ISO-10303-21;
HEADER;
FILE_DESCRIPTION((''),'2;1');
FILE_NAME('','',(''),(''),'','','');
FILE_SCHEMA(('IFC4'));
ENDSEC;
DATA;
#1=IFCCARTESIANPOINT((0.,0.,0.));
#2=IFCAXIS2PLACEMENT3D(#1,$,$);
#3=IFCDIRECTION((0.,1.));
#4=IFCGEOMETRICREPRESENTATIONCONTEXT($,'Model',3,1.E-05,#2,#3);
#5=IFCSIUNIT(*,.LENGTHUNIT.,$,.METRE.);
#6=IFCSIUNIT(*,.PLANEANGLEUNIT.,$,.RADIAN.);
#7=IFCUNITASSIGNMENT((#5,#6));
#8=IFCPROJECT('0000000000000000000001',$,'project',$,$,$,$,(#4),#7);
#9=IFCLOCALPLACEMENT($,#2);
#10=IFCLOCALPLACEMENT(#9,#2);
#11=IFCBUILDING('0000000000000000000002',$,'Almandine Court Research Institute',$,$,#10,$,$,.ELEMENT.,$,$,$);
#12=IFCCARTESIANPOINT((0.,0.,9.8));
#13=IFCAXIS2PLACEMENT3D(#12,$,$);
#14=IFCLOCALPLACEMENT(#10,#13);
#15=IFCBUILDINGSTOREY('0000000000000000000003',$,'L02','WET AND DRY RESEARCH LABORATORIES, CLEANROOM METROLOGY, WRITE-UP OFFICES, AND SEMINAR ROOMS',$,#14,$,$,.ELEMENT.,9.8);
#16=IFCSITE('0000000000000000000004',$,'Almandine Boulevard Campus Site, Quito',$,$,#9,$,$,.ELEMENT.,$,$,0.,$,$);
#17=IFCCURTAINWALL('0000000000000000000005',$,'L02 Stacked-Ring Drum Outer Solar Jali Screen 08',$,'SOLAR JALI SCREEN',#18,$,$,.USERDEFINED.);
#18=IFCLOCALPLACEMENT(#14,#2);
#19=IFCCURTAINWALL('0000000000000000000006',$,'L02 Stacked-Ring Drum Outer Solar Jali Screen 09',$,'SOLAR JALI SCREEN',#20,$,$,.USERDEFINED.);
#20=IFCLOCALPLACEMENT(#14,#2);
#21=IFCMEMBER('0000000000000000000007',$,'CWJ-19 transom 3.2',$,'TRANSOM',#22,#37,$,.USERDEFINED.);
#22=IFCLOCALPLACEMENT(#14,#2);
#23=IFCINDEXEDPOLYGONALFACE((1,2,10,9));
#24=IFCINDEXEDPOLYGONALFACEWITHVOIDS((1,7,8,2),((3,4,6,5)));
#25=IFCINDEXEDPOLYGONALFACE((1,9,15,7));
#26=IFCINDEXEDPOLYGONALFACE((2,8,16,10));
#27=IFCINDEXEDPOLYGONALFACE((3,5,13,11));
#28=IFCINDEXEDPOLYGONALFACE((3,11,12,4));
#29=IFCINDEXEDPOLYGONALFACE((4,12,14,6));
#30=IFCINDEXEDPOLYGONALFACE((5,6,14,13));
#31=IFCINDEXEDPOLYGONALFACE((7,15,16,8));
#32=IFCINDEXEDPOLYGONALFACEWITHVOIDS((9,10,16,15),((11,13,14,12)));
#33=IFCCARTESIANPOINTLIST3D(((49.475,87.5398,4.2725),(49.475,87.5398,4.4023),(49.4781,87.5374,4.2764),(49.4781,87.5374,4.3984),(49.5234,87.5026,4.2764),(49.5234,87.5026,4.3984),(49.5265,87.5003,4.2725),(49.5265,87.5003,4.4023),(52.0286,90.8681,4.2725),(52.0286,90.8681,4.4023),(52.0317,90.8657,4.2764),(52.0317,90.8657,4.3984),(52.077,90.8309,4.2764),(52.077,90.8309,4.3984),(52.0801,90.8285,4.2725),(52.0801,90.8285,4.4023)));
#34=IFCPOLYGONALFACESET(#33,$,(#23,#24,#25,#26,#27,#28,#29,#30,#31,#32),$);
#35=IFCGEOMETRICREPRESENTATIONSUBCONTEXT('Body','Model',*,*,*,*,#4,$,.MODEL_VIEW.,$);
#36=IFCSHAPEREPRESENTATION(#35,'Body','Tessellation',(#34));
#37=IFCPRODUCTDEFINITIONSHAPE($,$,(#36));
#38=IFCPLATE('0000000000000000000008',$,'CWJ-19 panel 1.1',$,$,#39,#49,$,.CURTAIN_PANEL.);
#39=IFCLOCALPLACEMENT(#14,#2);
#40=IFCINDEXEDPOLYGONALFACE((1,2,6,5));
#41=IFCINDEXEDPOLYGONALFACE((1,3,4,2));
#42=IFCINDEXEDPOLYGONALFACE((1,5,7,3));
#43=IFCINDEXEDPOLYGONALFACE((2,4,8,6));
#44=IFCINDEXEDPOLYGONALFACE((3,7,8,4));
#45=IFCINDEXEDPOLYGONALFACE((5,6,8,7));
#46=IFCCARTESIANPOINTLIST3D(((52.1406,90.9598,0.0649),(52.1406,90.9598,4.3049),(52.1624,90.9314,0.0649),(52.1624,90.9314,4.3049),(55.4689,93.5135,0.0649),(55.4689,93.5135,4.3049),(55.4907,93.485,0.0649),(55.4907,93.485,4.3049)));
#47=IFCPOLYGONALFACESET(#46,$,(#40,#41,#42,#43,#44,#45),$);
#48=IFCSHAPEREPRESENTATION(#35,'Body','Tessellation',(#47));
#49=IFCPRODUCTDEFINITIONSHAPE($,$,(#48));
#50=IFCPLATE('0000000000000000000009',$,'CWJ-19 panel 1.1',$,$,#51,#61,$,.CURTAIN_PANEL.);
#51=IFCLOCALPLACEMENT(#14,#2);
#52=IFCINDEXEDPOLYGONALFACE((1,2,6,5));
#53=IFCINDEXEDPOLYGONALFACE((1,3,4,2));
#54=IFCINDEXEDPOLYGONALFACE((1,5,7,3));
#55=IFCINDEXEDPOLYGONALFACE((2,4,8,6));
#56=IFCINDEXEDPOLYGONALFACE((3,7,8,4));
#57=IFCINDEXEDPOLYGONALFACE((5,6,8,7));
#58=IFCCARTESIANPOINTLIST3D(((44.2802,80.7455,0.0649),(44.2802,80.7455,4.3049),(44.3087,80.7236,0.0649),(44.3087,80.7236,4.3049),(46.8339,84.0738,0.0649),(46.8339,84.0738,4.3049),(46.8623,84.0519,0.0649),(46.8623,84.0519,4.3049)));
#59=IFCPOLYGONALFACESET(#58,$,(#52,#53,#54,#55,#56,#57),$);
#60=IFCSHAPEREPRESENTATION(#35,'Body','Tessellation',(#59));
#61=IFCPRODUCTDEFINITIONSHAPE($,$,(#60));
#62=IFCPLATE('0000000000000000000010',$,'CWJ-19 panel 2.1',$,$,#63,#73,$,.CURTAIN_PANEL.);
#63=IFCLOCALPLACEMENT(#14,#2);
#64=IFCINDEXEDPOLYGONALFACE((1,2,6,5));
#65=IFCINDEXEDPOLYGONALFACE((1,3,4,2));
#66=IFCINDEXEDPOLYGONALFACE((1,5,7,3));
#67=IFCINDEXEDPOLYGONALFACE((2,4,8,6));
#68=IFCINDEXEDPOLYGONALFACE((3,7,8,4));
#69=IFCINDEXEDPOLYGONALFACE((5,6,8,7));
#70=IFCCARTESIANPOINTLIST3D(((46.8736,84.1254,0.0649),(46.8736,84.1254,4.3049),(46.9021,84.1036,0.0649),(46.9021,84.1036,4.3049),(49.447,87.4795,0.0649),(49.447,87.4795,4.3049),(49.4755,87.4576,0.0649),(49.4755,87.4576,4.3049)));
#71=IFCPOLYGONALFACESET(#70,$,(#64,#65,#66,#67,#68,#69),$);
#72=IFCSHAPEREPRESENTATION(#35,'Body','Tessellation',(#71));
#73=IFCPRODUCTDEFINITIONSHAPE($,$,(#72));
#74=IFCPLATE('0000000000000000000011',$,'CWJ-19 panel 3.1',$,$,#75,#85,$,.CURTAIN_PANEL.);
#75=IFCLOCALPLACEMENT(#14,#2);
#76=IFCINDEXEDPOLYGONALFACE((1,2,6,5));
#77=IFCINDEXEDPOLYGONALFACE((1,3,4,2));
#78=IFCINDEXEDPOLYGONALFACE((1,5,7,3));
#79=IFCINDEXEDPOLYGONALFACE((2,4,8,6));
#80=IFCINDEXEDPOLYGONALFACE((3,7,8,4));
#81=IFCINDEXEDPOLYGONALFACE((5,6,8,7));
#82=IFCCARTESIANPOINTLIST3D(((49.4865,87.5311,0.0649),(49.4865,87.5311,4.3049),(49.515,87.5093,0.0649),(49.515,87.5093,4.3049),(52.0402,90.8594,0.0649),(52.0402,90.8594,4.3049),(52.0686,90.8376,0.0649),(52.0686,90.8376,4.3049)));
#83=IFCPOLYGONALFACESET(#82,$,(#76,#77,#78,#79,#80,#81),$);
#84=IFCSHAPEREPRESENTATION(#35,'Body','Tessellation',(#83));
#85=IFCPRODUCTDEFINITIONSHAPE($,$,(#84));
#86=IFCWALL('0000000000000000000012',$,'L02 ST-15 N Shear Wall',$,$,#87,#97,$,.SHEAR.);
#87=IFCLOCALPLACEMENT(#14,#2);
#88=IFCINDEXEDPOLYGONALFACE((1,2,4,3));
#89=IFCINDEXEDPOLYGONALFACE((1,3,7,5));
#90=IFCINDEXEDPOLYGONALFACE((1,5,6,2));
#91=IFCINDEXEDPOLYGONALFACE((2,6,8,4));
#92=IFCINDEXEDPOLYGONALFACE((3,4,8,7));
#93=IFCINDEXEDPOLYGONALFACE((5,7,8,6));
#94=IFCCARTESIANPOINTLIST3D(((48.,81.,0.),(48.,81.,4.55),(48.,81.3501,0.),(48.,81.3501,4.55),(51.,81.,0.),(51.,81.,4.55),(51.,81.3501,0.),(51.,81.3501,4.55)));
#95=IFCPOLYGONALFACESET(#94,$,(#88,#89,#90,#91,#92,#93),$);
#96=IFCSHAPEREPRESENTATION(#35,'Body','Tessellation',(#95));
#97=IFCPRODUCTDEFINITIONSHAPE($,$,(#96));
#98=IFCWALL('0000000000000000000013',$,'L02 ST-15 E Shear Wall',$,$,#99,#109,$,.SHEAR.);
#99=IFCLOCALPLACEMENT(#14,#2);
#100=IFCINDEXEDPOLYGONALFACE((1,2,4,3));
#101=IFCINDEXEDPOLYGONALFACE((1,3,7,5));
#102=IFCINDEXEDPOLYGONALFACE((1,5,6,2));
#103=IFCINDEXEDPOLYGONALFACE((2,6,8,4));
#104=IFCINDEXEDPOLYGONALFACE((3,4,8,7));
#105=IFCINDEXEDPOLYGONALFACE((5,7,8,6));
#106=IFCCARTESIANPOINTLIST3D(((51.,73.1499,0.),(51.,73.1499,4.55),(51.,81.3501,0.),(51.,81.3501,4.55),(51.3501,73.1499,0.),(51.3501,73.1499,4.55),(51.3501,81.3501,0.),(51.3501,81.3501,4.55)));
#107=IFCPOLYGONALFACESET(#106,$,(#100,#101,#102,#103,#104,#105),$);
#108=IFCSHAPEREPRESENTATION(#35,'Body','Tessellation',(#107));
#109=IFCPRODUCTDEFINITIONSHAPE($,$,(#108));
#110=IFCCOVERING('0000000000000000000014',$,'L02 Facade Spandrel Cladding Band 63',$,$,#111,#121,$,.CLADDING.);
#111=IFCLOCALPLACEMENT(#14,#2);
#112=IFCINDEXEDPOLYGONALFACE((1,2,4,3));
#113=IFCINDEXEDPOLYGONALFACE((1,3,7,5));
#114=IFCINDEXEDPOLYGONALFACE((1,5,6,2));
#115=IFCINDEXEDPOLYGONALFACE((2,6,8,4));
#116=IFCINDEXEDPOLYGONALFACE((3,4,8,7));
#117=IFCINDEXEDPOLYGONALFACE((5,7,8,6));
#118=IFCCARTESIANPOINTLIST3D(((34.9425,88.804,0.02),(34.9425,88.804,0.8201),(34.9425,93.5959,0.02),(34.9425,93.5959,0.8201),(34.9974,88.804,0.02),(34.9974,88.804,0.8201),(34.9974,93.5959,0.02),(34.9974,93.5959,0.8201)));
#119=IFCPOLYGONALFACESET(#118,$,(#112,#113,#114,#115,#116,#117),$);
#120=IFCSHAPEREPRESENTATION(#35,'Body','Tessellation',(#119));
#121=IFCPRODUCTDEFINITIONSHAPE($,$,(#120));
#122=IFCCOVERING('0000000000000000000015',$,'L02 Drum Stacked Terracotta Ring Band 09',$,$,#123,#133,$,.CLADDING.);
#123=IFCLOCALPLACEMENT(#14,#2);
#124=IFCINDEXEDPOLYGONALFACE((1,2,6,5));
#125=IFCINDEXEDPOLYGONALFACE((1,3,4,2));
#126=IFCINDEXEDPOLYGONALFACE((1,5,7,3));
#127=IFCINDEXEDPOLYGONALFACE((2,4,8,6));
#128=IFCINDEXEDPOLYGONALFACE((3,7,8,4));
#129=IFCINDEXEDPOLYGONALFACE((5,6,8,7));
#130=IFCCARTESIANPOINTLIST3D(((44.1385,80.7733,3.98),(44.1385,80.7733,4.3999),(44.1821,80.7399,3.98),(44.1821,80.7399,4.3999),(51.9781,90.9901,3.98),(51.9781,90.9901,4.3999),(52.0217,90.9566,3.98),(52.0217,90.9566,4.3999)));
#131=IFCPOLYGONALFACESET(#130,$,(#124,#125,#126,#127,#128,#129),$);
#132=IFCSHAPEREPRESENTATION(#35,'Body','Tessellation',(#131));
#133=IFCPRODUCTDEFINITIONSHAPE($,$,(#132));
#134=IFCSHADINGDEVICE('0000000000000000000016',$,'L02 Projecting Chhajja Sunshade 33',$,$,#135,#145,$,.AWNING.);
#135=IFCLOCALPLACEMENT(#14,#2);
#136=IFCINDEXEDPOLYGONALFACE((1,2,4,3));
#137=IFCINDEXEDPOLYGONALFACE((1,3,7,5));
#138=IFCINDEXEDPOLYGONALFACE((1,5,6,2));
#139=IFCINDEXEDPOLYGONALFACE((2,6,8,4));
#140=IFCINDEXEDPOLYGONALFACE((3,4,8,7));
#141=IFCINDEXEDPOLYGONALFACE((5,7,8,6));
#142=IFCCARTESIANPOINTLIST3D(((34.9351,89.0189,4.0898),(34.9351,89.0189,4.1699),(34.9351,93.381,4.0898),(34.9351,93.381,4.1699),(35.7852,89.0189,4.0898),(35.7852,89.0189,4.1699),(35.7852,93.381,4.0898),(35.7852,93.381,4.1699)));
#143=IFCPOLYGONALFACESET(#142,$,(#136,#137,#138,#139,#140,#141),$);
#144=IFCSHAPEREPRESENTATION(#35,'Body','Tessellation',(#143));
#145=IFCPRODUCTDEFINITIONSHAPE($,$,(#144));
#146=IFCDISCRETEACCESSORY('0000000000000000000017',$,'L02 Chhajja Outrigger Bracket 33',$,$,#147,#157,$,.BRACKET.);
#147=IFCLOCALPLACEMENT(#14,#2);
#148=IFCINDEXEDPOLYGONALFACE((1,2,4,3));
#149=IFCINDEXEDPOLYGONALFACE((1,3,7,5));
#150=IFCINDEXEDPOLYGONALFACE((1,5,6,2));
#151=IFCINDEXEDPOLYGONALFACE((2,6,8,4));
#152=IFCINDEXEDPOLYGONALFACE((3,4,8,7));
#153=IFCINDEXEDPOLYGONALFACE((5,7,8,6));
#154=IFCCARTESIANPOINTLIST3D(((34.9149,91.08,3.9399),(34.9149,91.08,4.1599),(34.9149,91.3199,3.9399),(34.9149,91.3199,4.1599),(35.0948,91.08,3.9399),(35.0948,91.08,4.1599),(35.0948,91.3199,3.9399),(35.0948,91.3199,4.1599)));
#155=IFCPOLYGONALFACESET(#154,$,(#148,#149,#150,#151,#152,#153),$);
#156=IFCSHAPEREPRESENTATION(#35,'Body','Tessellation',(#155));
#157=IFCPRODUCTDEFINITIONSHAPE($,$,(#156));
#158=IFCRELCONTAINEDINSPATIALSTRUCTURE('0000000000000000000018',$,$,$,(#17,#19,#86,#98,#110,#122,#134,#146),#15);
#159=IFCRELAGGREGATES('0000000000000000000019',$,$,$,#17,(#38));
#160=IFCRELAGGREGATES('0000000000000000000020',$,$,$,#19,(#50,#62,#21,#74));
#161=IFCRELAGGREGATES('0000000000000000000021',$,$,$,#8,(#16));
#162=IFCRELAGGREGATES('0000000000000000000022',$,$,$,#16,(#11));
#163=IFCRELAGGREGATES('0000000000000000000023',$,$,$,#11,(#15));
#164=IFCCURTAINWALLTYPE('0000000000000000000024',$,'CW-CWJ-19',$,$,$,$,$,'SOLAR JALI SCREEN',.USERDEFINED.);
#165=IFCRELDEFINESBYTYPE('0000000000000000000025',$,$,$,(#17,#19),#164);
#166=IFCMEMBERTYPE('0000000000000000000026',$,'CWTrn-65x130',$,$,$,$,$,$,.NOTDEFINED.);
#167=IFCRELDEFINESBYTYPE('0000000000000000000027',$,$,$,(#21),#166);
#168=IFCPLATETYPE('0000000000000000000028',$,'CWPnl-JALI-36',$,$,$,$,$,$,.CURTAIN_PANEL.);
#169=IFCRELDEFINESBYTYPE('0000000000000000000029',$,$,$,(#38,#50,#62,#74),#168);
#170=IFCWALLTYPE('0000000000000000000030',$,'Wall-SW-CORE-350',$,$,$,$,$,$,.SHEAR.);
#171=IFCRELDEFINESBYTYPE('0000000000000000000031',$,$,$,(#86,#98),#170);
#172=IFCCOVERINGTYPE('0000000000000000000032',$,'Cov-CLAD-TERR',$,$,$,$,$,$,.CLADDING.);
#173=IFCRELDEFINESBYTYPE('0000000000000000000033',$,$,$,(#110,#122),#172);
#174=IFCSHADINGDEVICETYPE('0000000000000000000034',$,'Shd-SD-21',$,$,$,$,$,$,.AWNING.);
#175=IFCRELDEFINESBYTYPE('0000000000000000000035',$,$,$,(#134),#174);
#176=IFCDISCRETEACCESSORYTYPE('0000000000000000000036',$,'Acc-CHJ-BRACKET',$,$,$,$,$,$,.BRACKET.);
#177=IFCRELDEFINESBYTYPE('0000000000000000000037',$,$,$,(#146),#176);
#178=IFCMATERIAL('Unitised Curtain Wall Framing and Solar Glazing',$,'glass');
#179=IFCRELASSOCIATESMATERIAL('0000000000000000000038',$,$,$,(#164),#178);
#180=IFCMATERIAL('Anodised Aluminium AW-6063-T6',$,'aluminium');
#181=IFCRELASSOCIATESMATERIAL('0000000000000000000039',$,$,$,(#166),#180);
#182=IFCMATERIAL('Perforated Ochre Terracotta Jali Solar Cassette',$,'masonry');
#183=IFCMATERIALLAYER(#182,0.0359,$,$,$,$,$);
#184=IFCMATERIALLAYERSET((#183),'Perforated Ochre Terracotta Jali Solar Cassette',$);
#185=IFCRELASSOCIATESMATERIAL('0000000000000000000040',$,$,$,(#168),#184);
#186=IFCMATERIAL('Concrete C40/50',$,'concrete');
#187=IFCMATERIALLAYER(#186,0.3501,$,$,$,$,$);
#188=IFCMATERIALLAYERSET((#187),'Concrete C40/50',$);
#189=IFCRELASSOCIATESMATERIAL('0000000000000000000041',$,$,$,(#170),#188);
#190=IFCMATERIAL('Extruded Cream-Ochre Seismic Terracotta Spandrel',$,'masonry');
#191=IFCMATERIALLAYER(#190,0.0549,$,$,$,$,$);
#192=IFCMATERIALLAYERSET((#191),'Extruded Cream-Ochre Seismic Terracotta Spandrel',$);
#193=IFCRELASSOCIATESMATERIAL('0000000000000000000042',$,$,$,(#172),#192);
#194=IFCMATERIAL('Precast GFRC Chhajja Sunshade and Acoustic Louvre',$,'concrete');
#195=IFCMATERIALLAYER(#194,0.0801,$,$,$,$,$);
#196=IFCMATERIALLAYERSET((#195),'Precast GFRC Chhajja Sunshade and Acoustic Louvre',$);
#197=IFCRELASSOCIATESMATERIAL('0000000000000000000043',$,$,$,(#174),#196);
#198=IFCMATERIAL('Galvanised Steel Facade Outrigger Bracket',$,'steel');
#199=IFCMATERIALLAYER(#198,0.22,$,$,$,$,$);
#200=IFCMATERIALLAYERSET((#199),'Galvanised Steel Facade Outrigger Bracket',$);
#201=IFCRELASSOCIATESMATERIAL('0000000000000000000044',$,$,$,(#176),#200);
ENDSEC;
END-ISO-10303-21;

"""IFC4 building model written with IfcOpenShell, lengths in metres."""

from ifc_helpers import new_model, si_unit, direction, frame, frame_2d, origin, origin_2d, place, context, subcontext, project, spatial, rectangle, hollow_rectangle, extrude, material, layer, layer_set, material_profile, profile_set, type_object, element, aggregate, save


model = new_model("IFC4")

# Units and contexts
model_context = context("Model", 3, precision=1e-05, world=origin(), true_north=direction((0.0, 1.0)))
body_context = subcontext(model_context, "Body", "Model", "MODEL_VIEW")
ifc_project = project(units=[si_unit("LENGTHUNIT", "METRE"), si_unit("PLANEANGLEUNIT", "RADIAN")], contexts=[model_context])

# Site, building, storey
site_placement = place(None, origin())
site = spatial("IfcSite", under=ifc_project, at=site_placement, Name="Almandine Boulevard Campus Site, Quito", CompositionType="ELEMENT", RefElevation=0.0)
building_placement = place(site_placement, origin())
building = spatial("IfcBuilding", under=site, at=building_placement, Name="Almandine Court Research Institute", CompositionType="ELEMENT")
storey_placement = place(building_placement, frame((0.0, 0.0, 9.8)))
storey = spatial("IfcBuildingStorey", under=building, at=storey_placement, Name="L02", Description="WET AND DRY RESEARCH LABORATORIES, CLEANROOM METROLOGY, WRITE-UP OFFICES, AND SEMINAR ROOMS", CompositionType="ELEMENT", Elevation=9.8)

# Curtain wall
ifc_material_1 = material(Name="Unitised Curtain Wall Framing and Solar Glazing", Category="glass")
curtain_wall_type = type_object("IfcCurtainWallType", Name="CW-CWJ-19", ElementType="SOLAR JALI SCREEN", PredefinedType="USERDEFINED", material=ifc_material_1)
curtain_wall_1_placement = place(storey_placement, origin())
curtain_wall_1 = element("IfcCurtainWall", 1, at=curtain_wall_1_placement, inside=storey, type_object=curtain_wall_type, Name="L02 Stacked-Ring Drum Outer Solar Jali Screen 08", ObjectType="SOLAR JALI SCREEN", PredefinedType="USERDEFINED")
ifc_material_2 = material(Name="Anodised Aluminium AW-6063-T6", Category="aluminium")

# Curtain wall
curtain_wall_2_placement = place(storey_placement, origin())
curtain_wall_2 = element("IfcCurtainWall", 2, at=curtain_wall_2_placement, inside=storey, type_object=curtain_wall_type, Name="L02 Stacked-Ring Drum Outer Solar Jali Screen 09", ObjectType="SOLAR JALI SCREEN", PredefinedType="USERDEFINED")

# Member
ifc_material_profile_1 = material_profile(ifc_material_2, hollow_rectangle(XDim=0.0649, YDim=0.1299, WallThickness=0.0039, at=origin_2d()), Name="ALU RHS 65x130x4")
ifc_profile_set_1 = profile_set([ifc_material_profile_1], Name="Anodised Aluminium AW-6063-T6")
member_type_1 = type_object("IfcMemberType", Name="CWTrn-65x130", PredefinedType="NOTDEFINED", material=ifc_profile_set_1)
member_1_placement = place(storey_placement, frame((49.5007, 87.52, 4.3374), z_axis=(0.608726, 0.793381, 0.0), x_axis=(-0.793381, 0.608726, 0.0)))
member_1 = element("IfcMember", 3, at=member_1_placement, type_object=member_type_1, Name="CWJ-19 transom 3.2", ObjectType="TRANSOM", PredefinedType="USERDEFINED", context=body_context, shape_type="SweptSolid", body=[
    extrude(hollow_rectangle(XDim=0.0649, YDim=0.1299, WallThickness=0.0039, at=origin_2d()), origin(), (0.0, 0.0, 1.0), 4.1951),
])

# Plates
ifc_material_3 = material(Name="Perforated Ochre Terracotta Jali Solar Cassette", Category="masonry")
ifc_layer_1 = layer(ifc_material_3, 0.0359)
ifc_layer_set_1 = layer_set([ifc_layer_1], Name="Perforated Ochre Terracotta Jali Solar Cassette")
plate_type = type_object("IfcPlateType", Name="CWPnl-JALI-36", PredefinedType="CURTAIN_PANEL", material=ifc_layer_set_1)
plate_1_placement = place(storey_placement, frame((53.8157, 92.2224, 0.0649), z_axis=(0.0, 0.0, 1.0), x_axis=(0.793383, 0.608723, 0.0)))
plate_1 = element("IfcPlate", 4, at=plate_1_placement, type_object=plate_type, Name="CWJ-19 panel 1.1", PredefinedType="CURTAIN_PANEL", context=body_context, shape_type="SweptSolid", body=[
    extrude(rectangle(XDim=4.1951, YDim=0.0359, at=origin_2d()), origin(), (0.0, 0.0, 1.0), 4.24),
])
aggregate(curtain_wall_1, [plate_1])
plate_2_placement = place(storey_placement, frame((45.5713, 82.3987, 0.0649), z_axis=(0.0, 0.0, 1.0), x_axis=(0.608723, 0.793383, 0.0)))
plate_2 = element("IfcPlate", 5, at=plate_2_placement, type_object=plate_type, Name="CWJ-19 panel 1.1", PredefinedType="CURTAIN_PANEL", context=body_context, shape_type="SweptSolid", body=[
    extrude(rectangle(XDim=4.1951, YDim=0.0359, at=origin_2d()), origin(), (0.0, 0.0, 1.0), 4.24),
])
plate_3_placement = place(storey_placement, frame((48.1746, 85.7915, 0.0649), z_axis=(0.0, 0.0, 1.0), x_axis=(0.608723, 0.793383, 0.0)))
plate_3 = element("IfcPlate", 6, at=plate_3_placement, type_object=plate_type, Name="CWJ-19 panel 2.1", PredefinedType="CURTAIN_PANEL", context=body_context, shape_type="SweptSolid", body=[
    extrude(rectangle(XDim=4.2275, YDim=0.0359, at=origin_2d()), origin(), (0.0, 0.0, 1.0), 4.24),
])
plate_4_placement = place(storey_placement, frame((50.7776, 89.1843, 0.0649), z_axis=(0.0, 0.0, 1.0), x_axis=(0.608723, 0.793383, 0.0)))
plate_4 = element("IfcPlate", 7, at=plate_4_placement, type_object=plate_type, Name="CWJ-19 panel 3.1", PredefinedType="CURTAIN_PANEL", context=body_context, shape_type="SweptSolid", body=[
    extrude(rectangle(XDim=4.1951, YDim=0.0359, at=origin_2d()), origin(), (0.0, 0.0, 1.0), 4.24),
])
aggregate(curtain_wall_2, [plate_2, plate_3, member_1, plate_4])

# Walls
ifc_material_4 = material(Name="Concrete C40/50", Category="concrete")
ifc_layer_2 = layer(ifc_material_4, 0.3501)
ifc_layer_set_2 = layer_set([ifc_layer_2], Name="Concrete C40/50")
wall_type = type_object("IfcWallType", Name="Wall-SW-CORE-350", PredefinedType="SHEAR", material=ifc_layer_set_2)
wall_1_placement = place(storey_placement, frame((48.0, 81.175, 0.0), z_axis=(0.0, 0.0, 1.0), x_axis=(1.0, 0.0, 0.0)))
element("IfcWall", 8, at=wall_1_placement, inside=storey, type_object=wall_type, Name="L02 ST-15 N Shear Wall", PredefinedType="SHEAR", context=body_context, shape_type="SweptSolid", body=[
    extrude(rectangle(XDim=3.0, YDim=0.3501, at=frame_2d((1.5, 0.0))), origin(), (0.0, 0.0, 1.0), 4.55),
])
wall_2_placement = place(storey_placement, frame((51.175, 81.3501, 0.0), z_axis=(0.0, 0.0, 1.0), x_axis=(0.0, -1.0, 0.0)))
element("IfcWall", 9, at=wall_2_placement, inside=storey, type_object=wall_type, Name="L02 ST-15 E Shear Wall", PredefinedType="SHEAR", context=body_context, shape_type="SweptSolid", body=[
    extrude(rectangle(XDim=8.2002, YDim=0.3501, at=frame_2d((4.1001, 0.0))), origin(), (0.0, 0.0, 1.0), 4.55),
])

# Coverings
ifc_material_5 = material(Name="Extruded Cream-Ochre Seismic Terracotta Spandrel", Category="masonry")
ifc_layer_3 = layer(ifc_material_5, 0.0549)
ifc_layer_set_3 = layer_set([ifc_layer_3], Name="Extruded Cream-Ochre Seismic Terracotta Spandrel")
covering_type = type_object("IfcCoveringType", Name="Cov-CLAD-TERR", PredefinedType="CLADDING", material=ifc_layer_set_3)
covering_1_placement = place(storey_placement, frame((34.97, 91.2, 0.02), z_axis=(0.0, 0.0, 1.0), x_axis=(0.0, -1.0, 0.0)))
element("IfcCovering", 10, at=covering_1_placement, inside=storey, type_object=covering_type, Name="L02 Facade Spandrel Cladding Band 63", PredefinedType="CLADDING", context=body_context, shape_type="SweptSolid", body=[
    extrude(rectangle(XDim=4.792, YDim=0.0549, at=origin_2d()), origin(), (0.0, 0.0, 1.0), 0.8),
])
covering_2_placement = place(storey_placement, frame((48.0801, 85.865, 3.98), z_axis=(0.0, 0.0, 1.0), x_axis=(0.608761, 0.793353, 0.0)))
element("IfcCovering", 11, at=covering_2_placement, inside=storey, type_object=covering_type, Name="L02 Drum Stacked Terracotta Ring Band 09", PredefinedType="CLADDING", context=body_context, shape_type="SweptSolid", body=[
    extrude(rectangle(XDim=12.8779, YDim=0.0549, at=origin_2d()), origin(), (0.0, 0.0, 1.0), 0.4199),
])

# Shading device
ifc_material_6 = material(Name="Precast GFRC Chhajja Sunshade and Acoustic Louvre", Category="concrete")
ifc_layer_4 = layer(ifc_material_6, 0.0801)
ifc_layer_set_4 = layer_set([ifc_layer_4], Name="Precast GFRC Chhajja Sunshade and Acoustic Louvre")
shading_device_type = type_object("IfcShadingDeviceType", Name="Shd-SD-21", PredefinedType="AWNING", material=ifc_layer_set_4)
shading_device_placement = place(storey_placement, frame((35.3601, 91.2, 4.0898), z_axis=(0.0, 0.0, 1.0), x_axis=(0.0, -1.0, 0.0)))
element("IfcShadingDevice", 12, at=shading_device_placement, inside=storey, type_object=shading_device_type, Name="L02 Projecting Chhajja Sunshade 33", PredefinedType="AWNING", context=body_context, shape_type="SweptSolid", body=[
    extrude(rectangle(XDim=4.3621, YDim=0.8501, at=origin_2d()), origin(), (0.0, 0.0, 1.0), 0.0801),
])

# Discrete accessory
ifc_material_7 = material(Name="Galvanised Steel Facade Outrigger Bracket", Category="steel")
ifc_layer_5 = layer(ifc_material_7, 0.22)
ifc_layer_set_5 = layer_set([ifc_layer_5], Name="Galvanised Steel Facade Outrigger Bracket")
discrete_accessory_type = type_object("IfcDiscreteAccessoryType", Name="Acc-CHJ-BRACKET", PredefinedType="BRACKET", material=ifc_layer_set_5)
discrete_accessory_placement = place(storey_placement, frame((35.0049, 91.2, 3.9399), z_axis=(0.0, 0.0, 1.0), x_axis=(0.0, -1.0, 0.0)))
element("IfcDiscreteAccessory", 13, at=discrete_accessory_placement, inside=storey, type_object=discrete_accessory_type, Name="L02 Chhajja Outrigger Bracket 33", PredefinedType="BRACKET", context=body_context, shape_type="SweptSolid", body=[
    extrude(rectangle(XDim=0.24, YDim=0.1799, at=origin_2d()), origin(), (0.0, 0.0, 1.0), 0.22),
])

save(model, "model.ifc")
